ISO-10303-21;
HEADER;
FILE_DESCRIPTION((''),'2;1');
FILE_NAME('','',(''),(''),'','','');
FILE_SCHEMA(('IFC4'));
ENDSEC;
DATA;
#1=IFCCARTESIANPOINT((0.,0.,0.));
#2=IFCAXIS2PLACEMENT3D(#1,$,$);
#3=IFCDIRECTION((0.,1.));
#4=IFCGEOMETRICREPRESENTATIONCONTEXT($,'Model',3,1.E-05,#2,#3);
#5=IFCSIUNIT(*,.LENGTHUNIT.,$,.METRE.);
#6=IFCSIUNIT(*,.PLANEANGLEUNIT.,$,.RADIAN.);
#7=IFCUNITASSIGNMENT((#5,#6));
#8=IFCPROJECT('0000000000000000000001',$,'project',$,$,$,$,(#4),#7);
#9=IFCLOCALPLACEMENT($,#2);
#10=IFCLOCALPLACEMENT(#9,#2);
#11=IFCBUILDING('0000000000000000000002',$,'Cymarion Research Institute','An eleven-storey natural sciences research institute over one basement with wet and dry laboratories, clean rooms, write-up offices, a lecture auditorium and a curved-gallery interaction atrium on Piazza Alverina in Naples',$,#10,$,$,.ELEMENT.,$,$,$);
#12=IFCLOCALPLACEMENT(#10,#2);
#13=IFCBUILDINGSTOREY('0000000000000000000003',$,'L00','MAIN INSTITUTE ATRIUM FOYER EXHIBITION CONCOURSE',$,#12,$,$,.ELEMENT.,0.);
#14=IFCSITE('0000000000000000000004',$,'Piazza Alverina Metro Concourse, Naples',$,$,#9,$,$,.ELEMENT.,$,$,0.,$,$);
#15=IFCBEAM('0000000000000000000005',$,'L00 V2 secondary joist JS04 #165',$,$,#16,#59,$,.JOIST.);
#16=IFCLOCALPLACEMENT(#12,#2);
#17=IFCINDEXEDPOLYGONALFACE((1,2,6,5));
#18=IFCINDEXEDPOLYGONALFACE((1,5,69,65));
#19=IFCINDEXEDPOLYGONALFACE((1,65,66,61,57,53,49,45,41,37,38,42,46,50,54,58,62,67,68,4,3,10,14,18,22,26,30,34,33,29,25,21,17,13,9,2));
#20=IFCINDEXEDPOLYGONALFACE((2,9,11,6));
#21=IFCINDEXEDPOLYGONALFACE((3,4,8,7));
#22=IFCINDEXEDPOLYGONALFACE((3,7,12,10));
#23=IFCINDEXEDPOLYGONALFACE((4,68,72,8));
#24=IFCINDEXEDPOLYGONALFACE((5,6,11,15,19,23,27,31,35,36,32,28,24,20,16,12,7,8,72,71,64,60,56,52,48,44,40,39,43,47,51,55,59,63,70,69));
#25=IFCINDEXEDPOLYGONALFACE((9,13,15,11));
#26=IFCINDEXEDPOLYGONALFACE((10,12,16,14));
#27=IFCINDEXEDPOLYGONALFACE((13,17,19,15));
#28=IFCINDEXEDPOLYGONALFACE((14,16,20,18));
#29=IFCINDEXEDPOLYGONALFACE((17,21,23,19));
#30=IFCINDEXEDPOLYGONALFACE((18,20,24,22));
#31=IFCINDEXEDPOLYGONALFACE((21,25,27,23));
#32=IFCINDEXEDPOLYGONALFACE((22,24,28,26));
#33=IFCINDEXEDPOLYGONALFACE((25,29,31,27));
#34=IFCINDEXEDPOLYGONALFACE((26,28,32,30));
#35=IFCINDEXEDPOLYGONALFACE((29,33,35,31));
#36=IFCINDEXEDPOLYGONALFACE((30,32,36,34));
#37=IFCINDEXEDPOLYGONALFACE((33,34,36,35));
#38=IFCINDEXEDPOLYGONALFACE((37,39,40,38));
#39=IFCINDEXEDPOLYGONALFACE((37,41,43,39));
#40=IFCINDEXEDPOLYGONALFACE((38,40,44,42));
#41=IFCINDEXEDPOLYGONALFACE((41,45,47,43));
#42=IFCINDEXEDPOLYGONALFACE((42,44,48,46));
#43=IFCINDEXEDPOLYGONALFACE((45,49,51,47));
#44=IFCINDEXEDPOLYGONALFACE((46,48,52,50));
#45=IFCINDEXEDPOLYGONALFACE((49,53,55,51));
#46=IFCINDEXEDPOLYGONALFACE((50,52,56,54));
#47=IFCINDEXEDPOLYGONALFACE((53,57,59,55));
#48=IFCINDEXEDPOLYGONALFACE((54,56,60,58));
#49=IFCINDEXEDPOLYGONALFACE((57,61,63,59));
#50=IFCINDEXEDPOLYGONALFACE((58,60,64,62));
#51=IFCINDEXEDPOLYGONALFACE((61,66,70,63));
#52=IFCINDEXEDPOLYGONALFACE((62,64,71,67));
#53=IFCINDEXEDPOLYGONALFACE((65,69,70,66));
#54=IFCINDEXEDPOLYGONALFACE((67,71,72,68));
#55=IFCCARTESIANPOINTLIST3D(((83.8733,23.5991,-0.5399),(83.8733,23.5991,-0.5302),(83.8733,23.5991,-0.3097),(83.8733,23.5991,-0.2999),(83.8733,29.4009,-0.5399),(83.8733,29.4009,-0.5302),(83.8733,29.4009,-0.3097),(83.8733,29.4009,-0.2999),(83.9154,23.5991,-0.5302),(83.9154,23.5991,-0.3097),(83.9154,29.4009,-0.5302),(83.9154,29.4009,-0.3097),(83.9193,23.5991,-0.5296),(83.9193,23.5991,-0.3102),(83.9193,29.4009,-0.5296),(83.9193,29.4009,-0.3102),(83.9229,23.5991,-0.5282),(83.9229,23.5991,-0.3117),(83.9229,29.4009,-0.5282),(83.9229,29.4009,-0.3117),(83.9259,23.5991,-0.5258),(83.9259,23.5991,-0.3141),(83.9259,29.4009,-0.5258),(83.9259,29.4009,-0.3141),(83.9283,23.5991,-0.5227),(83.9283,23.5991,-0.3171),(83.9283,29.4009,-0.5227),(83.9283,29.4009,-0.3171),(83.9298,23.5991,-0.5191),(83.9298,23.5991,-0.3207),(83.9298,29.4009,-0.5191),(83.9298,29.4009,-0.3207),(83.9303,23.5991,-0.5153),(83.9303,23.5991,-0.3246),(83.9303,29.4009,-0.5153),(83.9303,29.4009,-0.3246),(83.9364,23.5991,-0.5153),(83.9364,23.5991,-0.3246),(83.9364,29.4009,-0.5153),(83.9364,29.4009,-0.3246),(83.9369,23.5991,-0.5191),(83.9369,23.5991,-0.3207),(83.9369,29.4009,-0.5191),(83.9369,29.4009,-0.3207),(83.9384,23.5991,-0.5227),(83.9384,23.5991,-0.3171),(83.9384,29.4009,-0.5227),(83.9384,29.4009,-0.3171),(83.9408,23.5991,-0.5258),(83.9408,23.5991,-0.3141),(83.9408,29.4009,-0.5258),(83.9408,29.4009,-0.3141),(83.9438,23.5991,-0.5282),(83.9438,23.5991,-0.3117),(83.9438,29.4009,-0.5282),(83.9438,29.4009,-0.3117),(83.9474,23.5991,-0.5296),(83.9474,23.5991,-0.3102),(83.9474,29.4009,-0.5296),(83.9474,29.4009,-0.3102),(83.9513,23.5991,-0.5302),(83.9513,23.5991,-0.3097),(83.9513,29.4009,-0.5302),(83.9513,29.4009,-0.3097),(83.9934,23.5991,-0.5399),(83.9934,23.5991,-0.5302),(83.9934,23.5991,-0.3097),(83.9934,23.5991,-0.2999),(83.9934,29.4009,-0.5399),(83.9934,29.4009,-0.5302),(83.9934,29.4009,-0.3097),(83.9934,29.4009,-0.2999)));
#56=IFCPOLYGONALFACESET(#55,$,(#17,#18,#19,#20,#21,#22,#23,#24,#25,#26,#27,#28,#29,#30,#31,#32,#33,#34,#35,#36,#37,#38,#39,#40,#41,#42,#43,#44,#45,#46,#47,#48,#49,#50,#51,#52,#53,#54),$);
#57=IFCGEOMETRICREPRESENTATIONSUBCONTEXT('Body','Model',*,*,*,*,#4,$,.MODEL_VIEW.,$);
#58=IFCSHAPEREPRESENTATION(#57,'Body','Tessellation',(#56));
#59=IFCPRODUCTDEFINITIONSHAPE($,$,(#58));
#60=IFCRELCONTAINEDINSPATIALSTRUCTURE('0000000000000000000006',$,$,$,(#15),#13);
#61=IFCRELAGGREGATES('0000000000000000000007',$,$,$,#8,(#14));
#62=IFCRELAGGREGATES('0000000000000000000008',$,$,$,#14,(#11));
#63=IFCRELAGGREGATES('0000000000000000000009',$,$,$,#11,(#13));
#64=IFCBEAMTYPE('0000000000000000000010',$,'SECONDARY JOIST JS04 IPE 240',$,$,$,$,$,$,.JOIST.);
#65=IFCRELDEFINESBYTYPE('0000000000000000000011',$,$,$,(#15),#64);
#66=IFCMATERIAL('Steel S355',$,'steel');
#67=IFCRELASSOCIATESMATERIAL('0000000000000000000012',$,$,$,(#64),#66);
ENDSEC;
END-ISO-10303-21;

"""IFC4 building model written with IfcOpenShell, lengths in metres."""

from ifc_helpers import new_model, si_unit, direction, frame, origin, origin_2d, place, context, subcontext, project, spatial, i_section, extrude, material, material_profile, profile_set, type_object, element, save


model = new_model("IFC4")

# Units and contexts
model_context = context("Model", 3, precision=1e-05, world=origin(), true_north=direction((0.0, 1.0)))
body_context = subcontext(model_context, "Body", "Model", "MODEL_VIEW")
ifc_project = project(units=[si_unit("LENGTHUNIT", "METRE"), si_unit("PLANEANGLEUNIT", "RADIAN")], contexts=[model_context])

# Site, building, storey
site_placement = place(None, origin())
site = spatial("IfcSite", under=ifc_project, at=site_placement, Name="Piazza Alverina Metro Concourse, Naples", CompositionType="ELEMENT", RefElevation=0.0)
building_placement = place(site_placement, origin())
building = spatial("IfcBuilding", under=site, at=building_placement, Name="Cymarion Research Institute", Description="An eleven-storey natural sciences research institute over one basement with wet and dry laboratories, clean rooms, write-up offices, a lecture auditorium and a curved-gallery interaction atrium on Piazza Alverina in Naples", CompositionType="ELEMENT")
storey_placement = place(building_placement, origin())
storey = spatial("IfcBuildingStorey", under=building, at=storey_placement, Name="L00", Description="MAIN INSTITUTE ATRIUM FOYER EXHIBITION CONCOURSE", CompositionType="ELEMENT", Elevation=0.0)

# Beam
ifc_material = material(Name="Steel S355", Category="steel")
ifc_material_profile_1 = material_profile(ifc_material, i_section(OverallWidth=0.1201, OverallDepth=0.24, WebThickness=0.0061, FlangeThickness=0.0098, FilletRadius=0.0149, at=origin_2d()), Name="IPE 240")
ifc_profile_set_1 = profile_set([ifc_material_profile_1], Name="Steel S355")
beam_type_1 = type_object("IfcBeamType", Name="SECONDARY JOIST JS04 IPE 240", PredefinedType="JOIST", material=ifc_profile_set_1)
for number, where, z_axis, x_axis, name in (
    (1, (83.9333, 23.5991, -0.4199), (0.0, 1.0, 0.0), (-1.0, 0.0, 0.0), "L00 V2 secondary joist JS04 #165"),
):
    element("IfcBeam", number, at=place(storey_placement, frame(where, z_axis=z_axis, x_axis=x_axis)), inside=storey, type_object=beam_type_1, Name=name, PredefinedType="JOIST", context=body_context, shape_type="SweptSolid", body=[
        extrude(i_section(OverallWidth=0.1201, OverallDepth=0.24, WebThickness=0.0061, FlangeThickness=0.0098, FilletRadius=0.0149, at=origin_2d()), origin(), (0.0, 0.0, 1.0), 5.8018),
    ])

save(model, "model.ifc")
